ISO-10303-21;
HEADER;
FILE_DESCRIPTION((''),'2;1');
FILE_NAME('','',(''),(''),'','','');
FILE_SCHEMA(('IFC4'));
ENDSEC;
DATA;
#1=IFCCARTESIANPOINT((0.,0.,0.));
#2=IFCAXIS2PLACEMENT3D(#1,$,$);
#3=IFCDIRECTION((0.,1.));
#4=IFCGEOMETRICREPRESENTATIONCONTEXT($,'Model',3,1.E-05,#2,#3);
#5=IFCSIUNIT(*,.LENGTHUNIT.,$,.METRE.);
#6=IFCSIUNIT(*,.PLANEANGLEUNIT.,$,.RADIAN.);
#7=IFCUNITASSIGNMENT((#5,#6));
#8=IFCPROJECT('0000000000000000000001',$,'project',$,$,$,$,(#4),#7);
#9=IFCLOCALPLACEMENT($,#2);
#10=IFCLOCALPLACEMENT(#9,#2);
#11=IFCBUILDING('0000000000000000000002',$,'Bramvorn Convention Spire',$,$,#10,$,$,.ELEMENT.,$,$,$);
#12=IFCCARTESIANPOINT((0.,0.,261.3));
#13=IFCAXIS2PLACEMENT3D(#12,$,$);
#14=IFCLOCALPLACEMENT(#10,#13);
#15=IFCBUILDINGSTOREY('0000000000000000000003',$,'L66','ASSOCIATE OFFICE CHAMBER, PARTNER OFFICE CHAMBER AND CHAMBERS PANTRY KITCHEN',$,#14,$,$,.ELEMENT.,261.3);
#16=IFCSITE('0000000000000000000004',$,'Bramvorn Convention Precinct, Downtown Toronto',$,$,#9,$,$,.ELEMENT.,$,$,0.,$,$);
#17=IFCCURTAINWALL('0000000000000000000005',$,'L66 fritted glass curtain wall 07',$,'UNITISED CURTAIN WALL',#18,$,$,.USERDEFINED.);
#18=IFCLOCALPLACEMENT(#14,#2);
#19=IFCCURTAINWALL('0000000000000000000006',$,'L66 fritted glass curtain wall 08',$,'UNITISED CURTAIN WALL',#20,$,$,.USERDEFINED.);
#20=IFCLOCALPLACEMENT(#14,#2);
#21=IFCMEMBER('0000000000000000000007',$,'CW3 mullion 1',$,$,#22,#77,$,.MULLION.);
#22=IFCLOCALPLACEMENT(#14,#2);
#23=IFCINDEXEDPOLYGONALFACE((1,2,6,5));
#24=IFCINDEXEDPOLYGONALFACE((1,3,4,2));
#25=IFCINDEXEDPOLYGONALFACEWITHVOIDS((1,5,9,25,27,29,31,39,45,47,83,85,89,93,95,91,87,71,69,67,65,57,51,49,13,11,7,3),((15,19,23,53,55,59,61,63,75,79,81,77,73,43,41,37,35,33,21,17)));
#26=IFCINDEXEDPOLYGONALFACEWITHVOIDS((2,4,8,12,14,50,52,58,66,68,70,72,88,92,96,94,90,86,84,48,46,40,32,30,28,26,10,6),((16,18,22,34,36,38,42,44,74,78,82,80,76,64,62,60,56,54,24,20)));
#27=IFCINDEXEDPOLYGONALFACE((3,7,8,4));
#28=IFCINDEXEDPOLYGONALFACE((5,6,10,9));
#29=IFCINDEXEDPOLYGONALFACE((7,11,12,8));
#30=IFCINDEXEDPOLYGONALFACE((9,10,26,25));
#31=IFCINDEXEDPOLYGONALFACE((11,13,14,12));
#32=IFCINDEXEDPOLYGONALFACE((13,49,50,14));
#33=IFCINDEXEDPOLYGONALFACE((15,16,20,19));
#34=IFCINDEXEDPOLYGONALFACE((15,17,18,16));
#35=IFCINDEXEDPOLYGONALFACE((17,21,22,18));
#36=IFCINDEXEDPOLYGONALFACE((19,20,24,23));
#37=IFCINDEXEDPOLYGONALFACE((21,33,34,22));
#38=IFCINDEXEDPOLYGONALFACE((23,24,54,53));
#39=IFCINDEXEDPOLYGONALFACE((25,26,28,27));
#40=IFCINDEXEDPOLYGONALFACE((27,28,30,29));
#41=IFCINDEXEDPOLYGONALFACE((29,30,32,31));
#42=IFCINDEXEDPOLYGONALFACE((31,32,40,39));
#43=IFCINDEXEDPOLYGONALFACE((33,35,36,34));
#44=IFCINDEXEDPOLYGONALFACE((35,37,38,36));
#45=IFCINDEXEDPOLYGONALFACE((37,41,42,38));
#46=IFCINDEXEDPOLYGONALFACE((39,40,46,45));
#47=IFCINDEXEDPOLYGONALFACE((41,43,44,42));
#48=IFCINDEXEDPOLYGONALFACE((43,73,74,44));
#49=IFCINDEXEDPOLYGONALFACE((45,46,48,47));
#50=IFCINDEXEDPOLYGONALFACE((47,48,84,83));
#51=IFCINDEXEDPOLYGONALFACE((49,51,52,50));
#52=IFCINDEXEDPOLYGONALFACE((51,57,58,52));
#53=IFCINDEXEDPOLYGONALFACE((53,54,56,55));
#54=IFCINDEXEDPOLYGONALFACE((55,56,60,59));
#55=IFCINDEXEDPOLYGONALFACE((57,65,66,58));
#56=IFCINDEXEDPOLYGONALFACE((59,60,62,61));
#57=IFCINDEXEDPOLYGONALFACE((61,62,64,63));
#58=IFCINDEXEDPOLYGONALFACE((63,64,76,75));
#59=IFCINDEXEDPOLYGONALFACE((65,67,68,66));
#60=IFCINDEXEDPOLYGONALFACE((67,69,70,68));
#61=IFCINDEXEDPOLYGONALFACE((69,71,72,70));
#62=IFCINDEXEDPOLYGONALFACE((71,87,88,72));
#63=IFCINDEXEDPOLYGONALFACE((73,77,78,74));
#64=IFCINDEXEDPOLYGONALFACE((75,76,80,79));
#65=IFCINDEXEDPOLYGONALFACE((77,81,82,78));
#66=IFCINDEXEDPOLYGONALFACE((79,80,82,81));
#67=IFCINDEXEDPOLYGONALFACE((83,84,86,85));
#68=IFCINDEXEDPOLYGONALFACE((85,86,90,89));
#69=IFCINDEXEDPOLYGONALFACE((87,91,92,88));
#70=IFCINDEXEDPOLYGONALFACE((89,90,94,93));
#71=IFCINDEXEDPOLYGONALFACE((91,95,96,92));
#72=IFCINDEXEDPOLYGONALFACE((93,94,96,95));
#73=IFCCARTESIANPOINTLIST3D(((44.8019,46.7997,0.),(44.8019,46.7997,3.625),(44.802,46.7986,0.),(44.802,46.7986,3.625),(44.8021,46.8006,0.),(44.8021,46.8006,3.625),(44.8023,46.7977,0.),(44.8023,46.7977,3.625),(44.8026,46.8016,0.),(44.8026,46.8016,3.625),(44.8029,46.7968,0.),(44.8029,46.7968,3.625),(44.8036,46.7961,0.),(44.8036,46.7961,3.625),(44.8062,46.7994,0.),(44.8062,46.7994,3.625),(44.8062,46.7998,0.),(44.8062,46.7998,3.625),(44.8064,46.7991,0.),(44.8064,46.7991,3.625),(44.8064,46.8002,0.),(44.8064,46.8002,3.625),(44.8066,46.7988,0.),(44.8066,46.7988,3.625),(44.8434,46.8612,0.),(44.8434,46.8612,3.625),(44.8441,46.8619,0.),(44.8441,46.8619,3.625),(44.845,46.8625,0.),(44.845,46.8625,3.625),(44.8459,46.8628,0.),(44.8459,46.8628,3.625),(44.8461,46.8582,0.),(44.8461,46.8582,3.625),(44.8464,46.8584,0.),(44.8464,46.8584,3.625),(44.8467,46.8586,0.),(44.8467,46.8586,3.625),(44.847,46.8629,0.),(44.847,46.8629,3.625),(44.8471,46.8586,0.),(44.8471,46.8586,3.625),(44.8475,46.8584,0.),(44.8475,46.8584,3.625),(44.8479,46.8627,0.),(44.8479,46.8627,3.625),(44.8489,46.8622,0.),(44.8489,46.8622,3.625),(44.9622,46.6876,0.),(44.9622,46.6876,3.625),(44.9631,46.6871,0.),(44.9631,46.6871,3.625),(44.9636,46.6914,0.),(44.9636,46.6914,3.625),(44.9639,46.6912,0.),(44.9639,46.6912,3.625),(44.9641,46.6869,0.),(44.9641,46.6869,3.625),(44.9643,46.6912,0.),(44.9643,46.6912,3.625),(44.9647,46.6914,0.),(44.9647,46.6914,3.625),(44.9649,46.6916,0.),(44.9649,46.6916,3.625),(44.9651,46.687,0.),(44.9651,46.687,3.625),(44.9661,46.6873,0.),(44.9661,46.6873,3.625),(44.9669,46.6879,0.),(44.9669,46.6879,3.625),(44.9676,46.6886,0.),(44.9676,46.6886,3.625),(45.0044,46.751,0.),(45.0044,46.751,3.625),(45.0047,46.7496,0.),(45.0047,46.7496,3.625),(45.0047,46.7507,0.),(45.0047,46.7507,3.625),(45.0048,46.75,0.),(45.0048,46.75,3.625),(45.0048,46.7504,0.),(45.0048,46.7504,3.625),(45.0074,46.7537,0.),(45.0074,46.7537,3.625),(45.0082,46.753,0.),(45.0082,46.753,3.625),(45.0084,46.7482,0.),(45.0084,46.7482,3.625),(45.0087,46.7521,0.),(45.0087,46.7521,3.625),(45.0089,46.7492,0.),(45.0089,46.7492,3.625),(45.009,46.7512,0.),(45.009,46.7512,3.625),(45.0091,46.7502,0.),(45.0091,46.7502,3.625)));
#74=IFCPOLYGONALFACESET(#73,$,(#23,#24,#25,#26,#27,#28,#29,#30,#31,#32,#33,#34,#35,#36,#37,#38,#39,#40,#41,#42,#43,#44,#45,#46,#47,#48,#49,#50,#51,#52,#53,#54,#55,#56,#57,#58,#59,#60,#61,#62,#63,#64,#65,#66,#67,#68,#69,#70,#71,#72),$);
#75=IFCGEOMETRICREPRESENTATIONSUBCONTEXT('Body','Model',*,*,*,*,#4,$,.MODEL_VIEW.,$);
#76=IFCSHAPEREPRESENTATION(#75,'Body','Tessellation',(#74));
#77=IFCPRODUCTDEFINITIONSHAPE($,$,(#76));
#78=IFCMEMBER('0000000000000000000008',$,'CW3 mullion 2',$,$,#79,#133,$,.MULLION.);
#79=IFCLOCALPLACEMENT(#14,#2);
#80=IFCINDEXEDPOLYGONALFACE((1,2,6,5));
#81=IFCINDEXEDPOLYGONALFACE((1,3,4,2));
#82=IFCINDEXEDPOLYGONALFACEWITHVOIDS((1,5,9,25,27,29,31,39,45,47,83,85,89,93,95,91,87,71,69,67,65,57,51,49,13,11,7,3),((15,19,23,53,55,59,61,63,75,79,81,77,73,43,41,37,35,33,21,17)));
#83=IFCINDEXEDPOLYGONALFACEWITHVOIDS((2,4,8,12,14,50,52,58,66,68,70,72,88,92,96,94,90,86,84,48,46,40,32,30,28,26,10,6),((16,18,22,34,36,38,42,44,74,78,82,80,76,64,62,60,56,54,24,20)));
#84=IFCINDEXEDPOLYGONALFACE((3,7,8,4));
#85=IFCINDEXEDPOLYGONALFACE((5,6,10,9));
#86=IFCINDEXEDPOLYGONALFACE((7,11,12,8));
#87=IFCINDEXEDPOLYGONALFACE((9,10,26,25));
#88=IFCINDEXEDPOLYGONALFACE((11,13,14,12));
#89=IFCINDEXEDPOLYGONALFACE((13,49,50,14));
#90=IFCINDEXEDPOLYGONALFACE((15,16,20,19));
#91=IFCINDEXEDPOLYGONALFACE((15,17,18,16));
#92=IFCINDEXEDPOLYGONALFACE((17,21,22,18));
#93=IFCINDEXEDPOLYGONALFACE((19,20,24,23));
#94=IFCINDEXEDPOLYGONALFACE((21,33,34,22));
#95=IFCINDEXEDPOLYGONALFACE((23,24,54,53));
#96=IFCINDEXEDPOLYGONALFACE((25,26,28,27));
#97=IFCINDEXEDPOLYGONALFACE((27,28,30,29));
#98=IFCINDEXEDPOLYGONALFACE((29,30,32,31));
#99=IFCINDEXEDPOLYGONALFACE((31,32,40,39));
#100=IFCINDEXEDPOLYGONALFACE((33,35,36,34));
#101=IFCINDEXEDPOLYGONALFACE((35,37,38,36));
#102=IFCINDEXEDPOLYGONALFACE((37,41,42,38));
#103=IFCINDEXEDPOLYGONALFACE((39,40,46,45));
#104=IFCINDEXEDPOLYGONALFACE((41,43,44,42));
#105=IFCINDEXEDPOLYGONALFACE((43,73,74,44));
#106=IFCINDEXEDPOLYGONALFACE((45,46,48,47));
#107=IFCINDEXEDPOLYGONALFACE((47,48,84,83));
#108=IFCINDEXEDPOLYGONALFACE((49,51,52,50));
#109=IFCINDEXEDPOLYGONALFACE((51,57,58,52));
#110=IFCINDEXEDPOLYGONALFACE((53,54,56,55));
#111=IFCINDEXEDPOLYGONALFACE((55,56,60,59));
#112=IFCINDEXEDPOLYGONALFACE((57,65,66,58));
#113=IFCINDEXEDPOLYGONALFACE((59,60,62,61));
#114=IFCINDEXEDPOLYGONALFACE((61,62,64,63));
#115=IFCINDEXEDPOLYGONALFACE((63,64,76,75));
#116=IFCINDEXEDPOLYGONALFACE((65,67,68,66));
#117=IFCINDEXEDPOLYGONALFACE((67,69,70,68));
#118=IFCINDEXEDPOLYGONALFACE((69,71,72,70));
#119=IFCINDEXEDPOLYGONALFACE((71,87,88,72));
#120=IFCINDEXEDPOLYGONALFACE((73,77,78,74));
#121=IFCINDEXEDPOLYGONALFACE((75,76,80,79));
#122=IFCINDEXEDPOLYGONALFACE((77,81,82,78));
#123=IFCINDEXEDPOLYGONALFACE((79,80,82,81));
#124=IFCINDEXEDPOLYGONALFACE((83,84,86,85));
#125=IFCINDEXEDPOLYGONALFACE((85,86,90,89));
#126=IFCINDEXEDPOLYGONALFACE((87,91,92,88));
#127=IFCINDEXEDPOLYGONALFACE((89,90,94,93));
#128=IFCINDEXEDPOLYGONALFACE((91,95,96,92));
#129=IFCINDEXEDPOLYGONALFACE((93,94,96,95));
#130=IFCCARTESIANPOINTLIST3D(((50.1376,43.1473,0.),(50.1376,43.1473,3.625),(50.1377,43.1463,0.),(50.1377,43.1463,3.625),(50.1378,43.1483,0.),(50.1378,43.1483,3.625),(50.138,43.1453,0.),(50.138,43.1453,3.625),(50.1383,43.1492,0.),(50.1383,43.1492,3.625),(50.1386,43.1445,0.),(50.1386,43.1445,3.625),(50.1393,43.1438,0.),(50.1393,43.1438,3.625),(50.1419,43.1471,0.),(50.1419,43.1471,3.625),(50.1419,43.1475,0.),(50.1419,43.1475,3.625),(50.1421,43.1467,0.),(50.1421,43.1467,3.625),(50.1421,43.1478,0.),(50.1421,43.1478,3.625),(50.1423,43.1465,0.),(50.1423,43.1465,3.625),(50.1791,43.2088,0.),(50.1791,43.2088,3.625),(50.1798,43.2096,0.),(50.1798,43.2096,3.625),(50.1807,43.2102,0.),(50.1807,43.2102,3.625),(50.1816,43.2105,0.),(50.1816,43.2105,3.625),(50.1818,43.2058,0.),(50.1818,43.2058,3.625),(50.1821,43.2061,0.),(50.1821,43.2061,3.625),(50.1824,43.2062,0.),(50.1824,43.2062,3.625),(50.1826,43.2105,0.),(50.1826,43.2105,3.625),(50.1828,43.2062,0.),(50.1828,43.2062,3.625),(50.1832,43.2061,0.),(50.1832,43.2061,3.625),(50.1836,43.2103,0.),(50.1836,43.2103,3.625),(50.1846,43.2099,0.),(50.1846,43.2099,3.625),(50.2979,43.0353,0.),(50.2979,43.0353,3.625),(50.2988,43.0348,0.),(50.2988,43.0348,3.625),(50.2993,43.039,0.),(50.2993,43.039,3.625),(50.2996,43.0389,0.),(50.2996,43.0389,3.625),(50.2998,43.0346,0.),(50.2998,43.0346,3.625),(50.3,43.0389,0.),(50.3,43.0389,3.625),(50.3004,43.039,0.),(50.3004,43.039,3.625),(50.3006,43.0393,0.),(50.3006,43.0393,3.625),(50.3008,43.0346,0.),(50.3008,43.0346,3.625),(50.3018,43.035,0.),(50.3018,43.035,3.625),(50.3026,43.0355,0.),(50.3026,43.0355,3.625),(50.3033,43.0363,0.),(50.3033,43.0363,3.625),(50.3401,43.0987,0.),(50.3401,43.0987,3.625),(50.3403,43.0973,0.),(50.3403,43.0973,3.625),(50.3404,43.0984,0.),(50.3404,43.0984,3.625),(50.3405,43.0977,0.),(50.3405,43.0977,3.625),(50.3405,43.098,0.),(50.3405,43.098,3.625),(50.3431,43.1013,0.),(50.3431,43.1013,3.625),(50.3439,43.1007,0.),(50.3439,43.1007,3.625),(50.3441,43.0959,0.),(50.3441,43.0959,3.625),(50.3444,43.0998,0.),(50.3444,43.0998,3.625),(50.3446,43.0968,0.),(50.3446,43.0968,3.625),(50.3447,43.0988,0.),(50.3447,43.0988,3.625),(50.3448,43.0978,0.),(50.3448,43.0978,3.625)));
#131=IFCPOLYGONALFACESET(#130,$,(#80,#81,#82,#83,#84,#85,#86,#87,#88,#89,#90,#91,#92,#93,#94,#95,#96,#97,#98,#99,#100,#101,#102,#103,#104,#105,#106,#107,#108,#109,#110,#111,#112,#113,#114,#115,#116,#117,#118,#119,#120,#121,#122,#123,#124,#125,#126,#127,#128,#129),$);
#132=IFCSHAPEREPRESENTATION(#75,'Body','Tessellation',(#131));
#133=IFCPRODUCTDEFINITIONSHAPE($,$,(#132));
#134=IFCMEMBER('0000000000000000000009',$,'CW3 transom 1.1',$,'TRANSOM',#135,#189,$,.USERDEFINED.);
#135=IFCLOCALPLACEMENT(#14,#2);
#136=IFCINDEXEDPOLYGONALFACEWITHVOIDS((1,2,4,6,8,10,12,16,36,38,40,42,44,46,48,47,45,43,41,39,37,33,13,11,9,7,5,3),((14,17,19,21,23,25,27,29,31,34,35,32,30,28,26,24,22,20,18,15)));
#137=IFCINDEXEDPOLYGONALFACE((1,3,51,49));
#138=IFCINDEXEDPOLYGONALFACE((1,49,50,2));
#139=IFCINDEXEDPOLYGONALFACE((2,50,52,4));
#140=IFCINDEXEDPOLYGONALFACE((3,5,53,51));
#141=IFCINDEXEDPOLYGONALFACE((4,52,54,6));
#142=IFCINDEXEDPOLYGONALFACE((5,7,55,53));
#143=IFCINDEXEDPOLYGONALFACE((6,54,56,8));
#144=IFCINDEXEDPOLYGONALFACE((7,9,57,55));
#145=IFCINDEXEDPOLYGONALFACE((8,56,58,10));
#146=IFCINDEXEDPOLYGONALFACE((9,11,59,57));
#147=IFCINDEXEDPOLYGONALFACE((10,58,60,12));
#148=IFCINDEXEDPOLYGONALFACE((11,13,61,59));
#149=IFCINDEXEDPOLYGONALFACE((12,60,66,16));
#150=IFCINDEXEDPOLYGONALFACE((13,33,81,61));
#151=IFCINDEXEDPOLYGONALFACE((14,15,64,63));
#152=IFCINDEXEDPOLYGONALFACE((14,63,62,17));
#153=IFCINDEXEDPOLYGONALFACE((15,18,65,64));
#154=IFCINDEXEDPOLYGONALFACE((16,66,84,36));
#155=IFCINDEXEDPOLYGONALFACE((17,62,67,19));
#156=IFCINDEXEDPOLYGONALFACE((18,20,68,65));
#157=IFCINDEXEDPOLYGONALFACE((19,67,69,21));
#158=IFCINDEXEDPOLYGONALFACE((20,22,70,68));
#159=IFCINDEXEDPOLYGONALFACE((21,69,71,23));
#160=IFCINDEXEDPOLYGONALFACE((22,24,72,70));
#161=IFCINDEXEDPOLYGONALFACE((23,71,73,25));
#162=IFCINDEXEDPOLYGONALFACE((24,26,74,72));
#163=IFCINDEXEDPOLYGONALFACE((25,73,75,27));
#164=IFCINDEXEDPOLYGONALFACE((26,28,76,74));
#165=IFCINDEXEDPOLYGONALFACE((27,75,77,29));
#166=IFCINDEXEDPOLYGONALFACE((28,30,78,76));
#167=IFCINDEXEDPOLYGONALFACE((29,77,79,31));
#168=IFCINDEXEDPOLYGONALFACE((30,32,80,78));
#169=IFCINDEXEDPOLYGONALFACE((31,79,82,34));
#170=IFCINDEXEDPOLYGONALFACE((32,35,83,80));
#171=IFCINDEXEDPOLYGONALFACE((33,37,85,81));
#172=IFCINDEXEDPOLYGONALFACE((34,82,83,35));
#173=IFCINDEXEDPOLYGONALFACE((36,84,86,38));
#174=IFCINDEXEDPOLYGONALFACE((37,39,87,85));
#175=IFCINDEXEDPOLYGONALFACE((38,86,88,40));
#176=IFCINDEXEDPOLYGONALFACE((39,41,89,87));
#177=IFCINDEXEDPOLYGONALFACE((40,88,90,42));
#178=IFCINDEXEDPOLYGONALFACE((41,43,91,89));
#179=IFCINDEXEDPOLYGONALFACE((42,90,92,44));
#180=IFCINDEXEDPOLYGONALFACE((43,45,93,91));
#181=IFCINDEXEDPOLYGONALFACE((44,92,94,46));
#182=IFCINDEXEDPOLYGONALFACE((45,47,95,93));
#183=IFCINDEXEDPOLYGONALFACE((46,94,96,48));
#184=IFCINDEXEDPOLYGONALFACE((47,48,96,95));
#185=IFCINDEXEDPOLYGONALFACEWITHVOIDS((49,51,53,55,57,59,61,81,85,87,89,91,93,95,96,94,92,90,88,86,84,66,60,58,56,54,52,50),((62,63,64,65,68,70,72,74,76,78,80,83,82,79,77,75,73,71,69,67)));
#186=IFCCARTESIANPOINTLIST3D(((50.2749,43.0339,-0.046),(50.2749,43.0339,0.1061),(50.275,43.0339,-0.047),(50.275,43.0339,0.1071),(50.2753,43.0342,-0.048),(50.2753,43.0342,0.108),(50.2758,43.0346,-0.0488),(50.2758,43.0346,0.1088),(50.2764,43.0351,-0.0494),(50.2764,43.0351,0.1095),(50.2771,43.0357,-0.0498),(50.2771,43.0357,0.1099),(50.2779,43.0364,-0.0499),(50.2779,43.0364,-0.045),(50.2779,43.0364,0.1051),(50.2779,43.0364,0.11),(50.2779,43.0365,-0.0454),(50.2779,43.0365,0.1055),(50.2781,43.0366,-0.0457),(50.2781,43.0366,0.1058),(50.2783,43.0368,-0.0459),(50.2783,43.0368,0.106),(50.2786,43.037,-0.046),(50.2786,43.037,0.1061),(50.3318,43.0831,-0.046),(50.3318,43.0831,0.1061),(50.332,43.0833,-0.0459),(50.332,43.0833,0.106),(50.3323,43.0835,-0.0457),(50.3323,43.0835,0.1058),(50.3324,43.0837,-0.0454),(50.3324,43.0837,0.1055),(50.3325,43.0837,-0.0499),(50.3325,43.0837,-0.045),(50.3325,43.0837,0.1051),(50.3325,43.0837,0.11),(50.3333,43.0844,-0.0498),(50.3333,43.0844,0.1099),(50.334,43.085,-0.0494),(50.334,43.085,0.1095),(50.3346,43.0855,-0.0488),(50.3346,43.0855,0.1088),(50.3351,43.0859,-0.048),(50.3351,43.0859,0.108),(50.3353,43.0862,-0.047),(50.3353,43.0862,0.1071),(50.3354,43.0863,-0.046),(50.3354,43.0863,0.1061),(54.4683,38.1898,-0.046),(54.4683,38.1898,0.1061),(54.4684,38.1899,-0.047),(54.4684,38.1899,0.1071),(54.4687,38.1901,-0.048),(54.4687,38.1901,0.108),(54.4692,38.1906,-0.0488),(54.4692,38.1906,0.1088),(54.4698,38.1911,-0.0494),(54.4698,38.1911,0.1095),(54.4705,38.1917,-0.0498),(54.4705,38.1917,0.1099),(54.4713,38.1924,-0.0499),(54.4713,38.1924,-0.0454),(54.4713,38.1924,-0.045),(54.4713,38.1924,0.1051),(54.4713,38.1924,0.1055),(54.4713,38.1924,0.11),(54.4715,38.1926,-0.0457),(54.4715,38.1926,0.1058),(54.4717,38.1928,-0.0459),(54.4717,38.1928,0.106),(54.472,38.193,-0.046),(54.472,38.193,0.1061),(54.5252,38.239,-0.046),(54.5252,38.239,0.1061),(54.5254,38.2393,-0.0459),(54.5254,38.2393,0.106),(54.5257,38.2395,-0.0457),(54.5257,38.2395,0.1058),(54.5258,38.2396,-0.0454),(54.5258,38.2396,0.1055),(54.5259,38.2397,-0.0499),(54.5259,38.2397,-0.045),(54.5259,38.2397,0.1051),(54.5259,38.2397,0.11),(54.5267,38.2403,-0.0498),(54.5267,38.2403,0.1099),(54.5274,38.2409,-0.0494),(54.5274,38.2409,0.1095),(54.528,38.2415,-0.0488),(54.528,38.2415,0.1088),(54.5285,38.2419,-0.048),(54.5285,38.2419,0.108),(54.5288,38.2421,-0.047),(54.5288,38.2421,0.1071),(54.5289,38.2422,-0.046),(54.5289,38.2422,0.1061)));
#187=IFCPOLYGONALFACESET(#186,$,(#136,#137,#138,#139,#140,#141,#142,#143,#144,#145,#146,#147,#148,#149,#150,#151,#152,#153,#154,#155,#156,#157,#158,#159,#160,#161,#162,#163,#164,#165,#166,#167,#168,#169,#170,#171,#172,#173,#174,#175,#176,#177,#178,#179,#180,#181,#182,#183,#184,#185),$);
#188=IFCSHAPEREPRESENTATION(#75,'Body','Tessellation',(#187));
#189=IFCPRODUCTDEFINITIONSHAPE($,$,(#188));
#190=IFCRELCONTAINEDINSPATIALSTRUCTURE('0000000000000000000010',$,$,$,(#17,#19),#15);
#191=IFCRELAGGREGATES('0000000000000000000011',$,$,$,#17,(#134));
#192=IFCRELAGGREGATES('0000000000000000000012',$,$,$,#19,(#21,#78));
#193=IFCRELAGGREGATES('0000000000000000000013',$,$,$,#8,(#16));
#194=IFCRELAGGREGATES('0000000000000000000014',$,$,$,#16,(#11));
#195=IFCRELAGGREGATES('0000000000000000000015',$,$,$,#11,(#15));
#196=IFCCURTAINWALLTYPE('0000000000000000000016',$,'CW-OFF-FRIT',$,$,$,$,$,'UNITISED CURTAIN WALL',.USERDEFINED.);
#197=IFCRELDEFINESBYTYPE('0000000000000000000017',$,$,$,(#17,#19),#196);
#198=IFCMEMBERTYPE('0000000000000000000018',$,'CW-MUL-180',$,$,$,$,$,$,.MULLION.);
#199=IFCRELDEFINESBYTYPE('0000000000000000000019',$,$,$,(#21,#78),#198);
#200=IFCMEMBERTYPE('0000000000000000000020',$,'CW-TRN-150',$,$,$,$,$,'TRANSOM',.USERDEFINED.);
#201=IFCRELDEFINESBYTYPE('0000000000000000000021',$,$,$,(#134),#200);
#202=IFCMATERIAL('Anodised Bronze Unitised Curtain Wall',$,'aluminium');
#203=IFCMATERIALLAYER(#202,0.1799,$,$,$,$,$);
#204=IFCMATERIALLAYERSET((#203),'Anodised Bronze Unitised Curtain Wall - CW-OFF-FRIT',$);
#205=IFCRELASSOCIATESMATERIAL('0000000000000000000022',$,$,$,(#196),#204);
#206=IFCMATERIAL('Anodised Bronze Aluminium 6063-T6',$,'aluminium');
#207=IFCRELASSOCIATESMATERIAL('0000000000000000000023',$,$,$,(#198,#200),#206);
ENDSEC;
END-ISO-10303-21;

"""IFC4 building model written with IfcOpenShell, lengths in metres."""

from ifc_helpers import new_model, si_unit, direction, frame, origin, origin_2d, place, context, subcontext, project, spatial, hollow_rectangle, extrude, material, layer, layer_set, material_profile, profile_set, type_object, element, aggregate, save


model = new_model("IFC4")

# Units and contexts
model_context = context("Model", 3, precision=1e-05, world=origin(), true_north=direction((0.0, 1.0)))
body_context = subcontext(model_context, "Body", "Model", "MODEL_VIEW")
ifc_project = project(units=[si_unit("LENGTHUNIT", "METRE"), si_unit("PLANEANGLEUNIT", "RADIAN")], contexts=[model_context])

# Site, building, storey
site_placement = place(None, origin())
site = spatial("IfcSite", under=ifc_project, at=site_placement, Name="Bramvorn Convention Precinct, Downtown Toronto", CompositionType="ELEMENT", RefElevation=0.0)
building_placement = place(site_placement, origin())
building = spatial("IfcBuilding", under=site, at=building_placement, Name="Bramvorn Convention Spire", CompositionType="ELEMENT")
storey_placement = place(building_placement, frame((0.0, 0.0, 261.3)))
storey = spatial("IfcBuildingStorey", under=building, at=storey_placement, Name="L66", Description="ASSOCIATE OFFICE CHAMBER, PARTNER OFFICE CHAMBER AND CHAMBERS PANTRY KITCHEN", CompositionType="ELEMENT", Elevation=261.3)

# Curtain walls, members
ifc_material_1 = material(Name="Anodised Bronze Unitised Curtain Wall", Category="aluminium")
ifc_layer_1 = layer(ifc_material_1, 0.1799)
ifc_layer_set_1 = layer_set([ifc_layer_1], Name="Anodised Bronze Unitised Curtain Wall - CW-OFF-FRIT")
curtain_wall_type = type_object("IfcCurtainWallType", Name="CW-OFF-FRIT", ElementType="UNITISED CURTAIN WALL", PredefinedType="USERDEFINED", material=ifc_layer_set_1)
curtain_wall_1_placement = place(storey_placement, origin())
curtain_wall_1 = element("IfcCurtainWall", 1, at=curtain_wall_1_placement, inside=storey, type_object=curtain_wall_type, Name="L66 fritted glass curtain wall 07", ObjectType="UNITISED CURTAIN WALL", PredefinedType="USERDEFINED")
ifc_material_2 = material(Name="Anodised Bronze Aluminium 6063-T6", Category="aluminium")
ifc_material_profile_1 = material_profile(ifc_material_2, hollow_rectangle(XDim=0.0801, YDim=0.2, WallThickness=0.0039, InnerFilletRadius=0.001, OuterFilletRadius=0.0039, at=origin_2d()))
ifc_profile_set_1 = profile_set([ifc_material_profile_1], Name="Anodised Bronze Aluminium 6063-T6 - CWM80X200")
member_type_1 = type_object("IfcMemberType", Name="CW-MUL-180", PredefinedType="MULLION", material=ifc_profile_set_1)
curtain_wall_2_placement = place(storey_placement, origin())
curtain_wall_2 = element("IfcCurtainWall", 2, at=curtain_wall_2_placement, inside=storey, type_object=curtain_wall_type, Name="L66 fritted glass curtain wall 08", ObjectType="UNITISED CURTAIN WALL", PredefinedType="USERDEFINED")
member_1_placement = place(storey_placement, frame((44.9055, 46.7749, 0.0), z_axis=(0.0, 0.0, 1.0), x_axis=(0.564853, 0.825191, 0.0)))
member_1 = element("IfcMember", 3, at=member_1_placement, type_object=member_type_1, Name="CW3 mullion 1", PredefinedType="MULLION", context=body_context, shape_type="SweptSolid", body=[
    extrude(hollow_rectangle(XDim=0.0801, YDim=0.2, WallThickness=0.0039, InnerFilletRadius=0.001, OuterFilletRadius=0.0039, at=origin_2d()), origin(), (0.0, 0.0, 1.0), 3.625),
])
member_2_placement = place(storey_placement, frame((50.2412, 43.1226, 0.0), z_axis=(0.0, 0.0, 1.0), x_axis=(0.564853, 0.825191, 0.0)))
member_2 = element("IfcMember", 4, at=member_2_placement, type_object=member_type_1, Name="CW3 mullion 2", PredefinedType="MULLION", context=body_context, shape_type="SweptSolid", body=[
    extrude(hollow_rectangle(XDim=0.0801, YDim=0.2, WallThickness=0.0039, InnerFilletRadius=0.001, OuterFilletRadius=0.0039, at=origin_2d()), origin(), (0.0, 0.0, 1.0), 3.625),
])

# Member
ifc_material_profile_2 = material_profile(ifc_material_2, hollow_rectangle(XDim=0.0801, YDim=0.1599, WallThickness=0.0039, InnerFilletRadius=0.001, OuterFilletRadius=0.0039, at=origin_2d()))
ifc_profile_set_2 = profile_set([ifc_material_profile_2], Name="Anodised Bronze Aluminium 6063-T6 - CWT80X160")
member_type_2 = type_object("IfcMemberType", Name="CW-TRN-150", ElementType="TRANSOM", PredefinedType="USERDEFINED", material=ifc_profile_set_2)
member_3_placement = place(storey_placement, frame((50.3052, 43.0601, 0.03), z_axis=(0.654505, -0.756057, 0.0), x_axis=(0.756057, 0.654505, 0.0)))
member_3 = element("IfcMember", 5, at=member_3_placement, type_object=member_type_2, Name="CW3 transom 1.1", ObjectType="TRANSOM", PredefinedType="USERDEFINED", context=body_context, shape_type="SweptSolid", body=[
    extrude(hollow_rectangle(XDim=0.0801, YDim=0.1599, WallThickness=0.0039, InnerFilletRadius=0.001, OuterFilletRadius=0.0039, at=origin_2d()), origin(), (0.0, 0.0, 1.0), 6.407),
])

aggregate(curtain_wall_1, [member_3])
aggregate(curtain_wall_2, [member_1, member_2])

save(model, "model.ifc")
